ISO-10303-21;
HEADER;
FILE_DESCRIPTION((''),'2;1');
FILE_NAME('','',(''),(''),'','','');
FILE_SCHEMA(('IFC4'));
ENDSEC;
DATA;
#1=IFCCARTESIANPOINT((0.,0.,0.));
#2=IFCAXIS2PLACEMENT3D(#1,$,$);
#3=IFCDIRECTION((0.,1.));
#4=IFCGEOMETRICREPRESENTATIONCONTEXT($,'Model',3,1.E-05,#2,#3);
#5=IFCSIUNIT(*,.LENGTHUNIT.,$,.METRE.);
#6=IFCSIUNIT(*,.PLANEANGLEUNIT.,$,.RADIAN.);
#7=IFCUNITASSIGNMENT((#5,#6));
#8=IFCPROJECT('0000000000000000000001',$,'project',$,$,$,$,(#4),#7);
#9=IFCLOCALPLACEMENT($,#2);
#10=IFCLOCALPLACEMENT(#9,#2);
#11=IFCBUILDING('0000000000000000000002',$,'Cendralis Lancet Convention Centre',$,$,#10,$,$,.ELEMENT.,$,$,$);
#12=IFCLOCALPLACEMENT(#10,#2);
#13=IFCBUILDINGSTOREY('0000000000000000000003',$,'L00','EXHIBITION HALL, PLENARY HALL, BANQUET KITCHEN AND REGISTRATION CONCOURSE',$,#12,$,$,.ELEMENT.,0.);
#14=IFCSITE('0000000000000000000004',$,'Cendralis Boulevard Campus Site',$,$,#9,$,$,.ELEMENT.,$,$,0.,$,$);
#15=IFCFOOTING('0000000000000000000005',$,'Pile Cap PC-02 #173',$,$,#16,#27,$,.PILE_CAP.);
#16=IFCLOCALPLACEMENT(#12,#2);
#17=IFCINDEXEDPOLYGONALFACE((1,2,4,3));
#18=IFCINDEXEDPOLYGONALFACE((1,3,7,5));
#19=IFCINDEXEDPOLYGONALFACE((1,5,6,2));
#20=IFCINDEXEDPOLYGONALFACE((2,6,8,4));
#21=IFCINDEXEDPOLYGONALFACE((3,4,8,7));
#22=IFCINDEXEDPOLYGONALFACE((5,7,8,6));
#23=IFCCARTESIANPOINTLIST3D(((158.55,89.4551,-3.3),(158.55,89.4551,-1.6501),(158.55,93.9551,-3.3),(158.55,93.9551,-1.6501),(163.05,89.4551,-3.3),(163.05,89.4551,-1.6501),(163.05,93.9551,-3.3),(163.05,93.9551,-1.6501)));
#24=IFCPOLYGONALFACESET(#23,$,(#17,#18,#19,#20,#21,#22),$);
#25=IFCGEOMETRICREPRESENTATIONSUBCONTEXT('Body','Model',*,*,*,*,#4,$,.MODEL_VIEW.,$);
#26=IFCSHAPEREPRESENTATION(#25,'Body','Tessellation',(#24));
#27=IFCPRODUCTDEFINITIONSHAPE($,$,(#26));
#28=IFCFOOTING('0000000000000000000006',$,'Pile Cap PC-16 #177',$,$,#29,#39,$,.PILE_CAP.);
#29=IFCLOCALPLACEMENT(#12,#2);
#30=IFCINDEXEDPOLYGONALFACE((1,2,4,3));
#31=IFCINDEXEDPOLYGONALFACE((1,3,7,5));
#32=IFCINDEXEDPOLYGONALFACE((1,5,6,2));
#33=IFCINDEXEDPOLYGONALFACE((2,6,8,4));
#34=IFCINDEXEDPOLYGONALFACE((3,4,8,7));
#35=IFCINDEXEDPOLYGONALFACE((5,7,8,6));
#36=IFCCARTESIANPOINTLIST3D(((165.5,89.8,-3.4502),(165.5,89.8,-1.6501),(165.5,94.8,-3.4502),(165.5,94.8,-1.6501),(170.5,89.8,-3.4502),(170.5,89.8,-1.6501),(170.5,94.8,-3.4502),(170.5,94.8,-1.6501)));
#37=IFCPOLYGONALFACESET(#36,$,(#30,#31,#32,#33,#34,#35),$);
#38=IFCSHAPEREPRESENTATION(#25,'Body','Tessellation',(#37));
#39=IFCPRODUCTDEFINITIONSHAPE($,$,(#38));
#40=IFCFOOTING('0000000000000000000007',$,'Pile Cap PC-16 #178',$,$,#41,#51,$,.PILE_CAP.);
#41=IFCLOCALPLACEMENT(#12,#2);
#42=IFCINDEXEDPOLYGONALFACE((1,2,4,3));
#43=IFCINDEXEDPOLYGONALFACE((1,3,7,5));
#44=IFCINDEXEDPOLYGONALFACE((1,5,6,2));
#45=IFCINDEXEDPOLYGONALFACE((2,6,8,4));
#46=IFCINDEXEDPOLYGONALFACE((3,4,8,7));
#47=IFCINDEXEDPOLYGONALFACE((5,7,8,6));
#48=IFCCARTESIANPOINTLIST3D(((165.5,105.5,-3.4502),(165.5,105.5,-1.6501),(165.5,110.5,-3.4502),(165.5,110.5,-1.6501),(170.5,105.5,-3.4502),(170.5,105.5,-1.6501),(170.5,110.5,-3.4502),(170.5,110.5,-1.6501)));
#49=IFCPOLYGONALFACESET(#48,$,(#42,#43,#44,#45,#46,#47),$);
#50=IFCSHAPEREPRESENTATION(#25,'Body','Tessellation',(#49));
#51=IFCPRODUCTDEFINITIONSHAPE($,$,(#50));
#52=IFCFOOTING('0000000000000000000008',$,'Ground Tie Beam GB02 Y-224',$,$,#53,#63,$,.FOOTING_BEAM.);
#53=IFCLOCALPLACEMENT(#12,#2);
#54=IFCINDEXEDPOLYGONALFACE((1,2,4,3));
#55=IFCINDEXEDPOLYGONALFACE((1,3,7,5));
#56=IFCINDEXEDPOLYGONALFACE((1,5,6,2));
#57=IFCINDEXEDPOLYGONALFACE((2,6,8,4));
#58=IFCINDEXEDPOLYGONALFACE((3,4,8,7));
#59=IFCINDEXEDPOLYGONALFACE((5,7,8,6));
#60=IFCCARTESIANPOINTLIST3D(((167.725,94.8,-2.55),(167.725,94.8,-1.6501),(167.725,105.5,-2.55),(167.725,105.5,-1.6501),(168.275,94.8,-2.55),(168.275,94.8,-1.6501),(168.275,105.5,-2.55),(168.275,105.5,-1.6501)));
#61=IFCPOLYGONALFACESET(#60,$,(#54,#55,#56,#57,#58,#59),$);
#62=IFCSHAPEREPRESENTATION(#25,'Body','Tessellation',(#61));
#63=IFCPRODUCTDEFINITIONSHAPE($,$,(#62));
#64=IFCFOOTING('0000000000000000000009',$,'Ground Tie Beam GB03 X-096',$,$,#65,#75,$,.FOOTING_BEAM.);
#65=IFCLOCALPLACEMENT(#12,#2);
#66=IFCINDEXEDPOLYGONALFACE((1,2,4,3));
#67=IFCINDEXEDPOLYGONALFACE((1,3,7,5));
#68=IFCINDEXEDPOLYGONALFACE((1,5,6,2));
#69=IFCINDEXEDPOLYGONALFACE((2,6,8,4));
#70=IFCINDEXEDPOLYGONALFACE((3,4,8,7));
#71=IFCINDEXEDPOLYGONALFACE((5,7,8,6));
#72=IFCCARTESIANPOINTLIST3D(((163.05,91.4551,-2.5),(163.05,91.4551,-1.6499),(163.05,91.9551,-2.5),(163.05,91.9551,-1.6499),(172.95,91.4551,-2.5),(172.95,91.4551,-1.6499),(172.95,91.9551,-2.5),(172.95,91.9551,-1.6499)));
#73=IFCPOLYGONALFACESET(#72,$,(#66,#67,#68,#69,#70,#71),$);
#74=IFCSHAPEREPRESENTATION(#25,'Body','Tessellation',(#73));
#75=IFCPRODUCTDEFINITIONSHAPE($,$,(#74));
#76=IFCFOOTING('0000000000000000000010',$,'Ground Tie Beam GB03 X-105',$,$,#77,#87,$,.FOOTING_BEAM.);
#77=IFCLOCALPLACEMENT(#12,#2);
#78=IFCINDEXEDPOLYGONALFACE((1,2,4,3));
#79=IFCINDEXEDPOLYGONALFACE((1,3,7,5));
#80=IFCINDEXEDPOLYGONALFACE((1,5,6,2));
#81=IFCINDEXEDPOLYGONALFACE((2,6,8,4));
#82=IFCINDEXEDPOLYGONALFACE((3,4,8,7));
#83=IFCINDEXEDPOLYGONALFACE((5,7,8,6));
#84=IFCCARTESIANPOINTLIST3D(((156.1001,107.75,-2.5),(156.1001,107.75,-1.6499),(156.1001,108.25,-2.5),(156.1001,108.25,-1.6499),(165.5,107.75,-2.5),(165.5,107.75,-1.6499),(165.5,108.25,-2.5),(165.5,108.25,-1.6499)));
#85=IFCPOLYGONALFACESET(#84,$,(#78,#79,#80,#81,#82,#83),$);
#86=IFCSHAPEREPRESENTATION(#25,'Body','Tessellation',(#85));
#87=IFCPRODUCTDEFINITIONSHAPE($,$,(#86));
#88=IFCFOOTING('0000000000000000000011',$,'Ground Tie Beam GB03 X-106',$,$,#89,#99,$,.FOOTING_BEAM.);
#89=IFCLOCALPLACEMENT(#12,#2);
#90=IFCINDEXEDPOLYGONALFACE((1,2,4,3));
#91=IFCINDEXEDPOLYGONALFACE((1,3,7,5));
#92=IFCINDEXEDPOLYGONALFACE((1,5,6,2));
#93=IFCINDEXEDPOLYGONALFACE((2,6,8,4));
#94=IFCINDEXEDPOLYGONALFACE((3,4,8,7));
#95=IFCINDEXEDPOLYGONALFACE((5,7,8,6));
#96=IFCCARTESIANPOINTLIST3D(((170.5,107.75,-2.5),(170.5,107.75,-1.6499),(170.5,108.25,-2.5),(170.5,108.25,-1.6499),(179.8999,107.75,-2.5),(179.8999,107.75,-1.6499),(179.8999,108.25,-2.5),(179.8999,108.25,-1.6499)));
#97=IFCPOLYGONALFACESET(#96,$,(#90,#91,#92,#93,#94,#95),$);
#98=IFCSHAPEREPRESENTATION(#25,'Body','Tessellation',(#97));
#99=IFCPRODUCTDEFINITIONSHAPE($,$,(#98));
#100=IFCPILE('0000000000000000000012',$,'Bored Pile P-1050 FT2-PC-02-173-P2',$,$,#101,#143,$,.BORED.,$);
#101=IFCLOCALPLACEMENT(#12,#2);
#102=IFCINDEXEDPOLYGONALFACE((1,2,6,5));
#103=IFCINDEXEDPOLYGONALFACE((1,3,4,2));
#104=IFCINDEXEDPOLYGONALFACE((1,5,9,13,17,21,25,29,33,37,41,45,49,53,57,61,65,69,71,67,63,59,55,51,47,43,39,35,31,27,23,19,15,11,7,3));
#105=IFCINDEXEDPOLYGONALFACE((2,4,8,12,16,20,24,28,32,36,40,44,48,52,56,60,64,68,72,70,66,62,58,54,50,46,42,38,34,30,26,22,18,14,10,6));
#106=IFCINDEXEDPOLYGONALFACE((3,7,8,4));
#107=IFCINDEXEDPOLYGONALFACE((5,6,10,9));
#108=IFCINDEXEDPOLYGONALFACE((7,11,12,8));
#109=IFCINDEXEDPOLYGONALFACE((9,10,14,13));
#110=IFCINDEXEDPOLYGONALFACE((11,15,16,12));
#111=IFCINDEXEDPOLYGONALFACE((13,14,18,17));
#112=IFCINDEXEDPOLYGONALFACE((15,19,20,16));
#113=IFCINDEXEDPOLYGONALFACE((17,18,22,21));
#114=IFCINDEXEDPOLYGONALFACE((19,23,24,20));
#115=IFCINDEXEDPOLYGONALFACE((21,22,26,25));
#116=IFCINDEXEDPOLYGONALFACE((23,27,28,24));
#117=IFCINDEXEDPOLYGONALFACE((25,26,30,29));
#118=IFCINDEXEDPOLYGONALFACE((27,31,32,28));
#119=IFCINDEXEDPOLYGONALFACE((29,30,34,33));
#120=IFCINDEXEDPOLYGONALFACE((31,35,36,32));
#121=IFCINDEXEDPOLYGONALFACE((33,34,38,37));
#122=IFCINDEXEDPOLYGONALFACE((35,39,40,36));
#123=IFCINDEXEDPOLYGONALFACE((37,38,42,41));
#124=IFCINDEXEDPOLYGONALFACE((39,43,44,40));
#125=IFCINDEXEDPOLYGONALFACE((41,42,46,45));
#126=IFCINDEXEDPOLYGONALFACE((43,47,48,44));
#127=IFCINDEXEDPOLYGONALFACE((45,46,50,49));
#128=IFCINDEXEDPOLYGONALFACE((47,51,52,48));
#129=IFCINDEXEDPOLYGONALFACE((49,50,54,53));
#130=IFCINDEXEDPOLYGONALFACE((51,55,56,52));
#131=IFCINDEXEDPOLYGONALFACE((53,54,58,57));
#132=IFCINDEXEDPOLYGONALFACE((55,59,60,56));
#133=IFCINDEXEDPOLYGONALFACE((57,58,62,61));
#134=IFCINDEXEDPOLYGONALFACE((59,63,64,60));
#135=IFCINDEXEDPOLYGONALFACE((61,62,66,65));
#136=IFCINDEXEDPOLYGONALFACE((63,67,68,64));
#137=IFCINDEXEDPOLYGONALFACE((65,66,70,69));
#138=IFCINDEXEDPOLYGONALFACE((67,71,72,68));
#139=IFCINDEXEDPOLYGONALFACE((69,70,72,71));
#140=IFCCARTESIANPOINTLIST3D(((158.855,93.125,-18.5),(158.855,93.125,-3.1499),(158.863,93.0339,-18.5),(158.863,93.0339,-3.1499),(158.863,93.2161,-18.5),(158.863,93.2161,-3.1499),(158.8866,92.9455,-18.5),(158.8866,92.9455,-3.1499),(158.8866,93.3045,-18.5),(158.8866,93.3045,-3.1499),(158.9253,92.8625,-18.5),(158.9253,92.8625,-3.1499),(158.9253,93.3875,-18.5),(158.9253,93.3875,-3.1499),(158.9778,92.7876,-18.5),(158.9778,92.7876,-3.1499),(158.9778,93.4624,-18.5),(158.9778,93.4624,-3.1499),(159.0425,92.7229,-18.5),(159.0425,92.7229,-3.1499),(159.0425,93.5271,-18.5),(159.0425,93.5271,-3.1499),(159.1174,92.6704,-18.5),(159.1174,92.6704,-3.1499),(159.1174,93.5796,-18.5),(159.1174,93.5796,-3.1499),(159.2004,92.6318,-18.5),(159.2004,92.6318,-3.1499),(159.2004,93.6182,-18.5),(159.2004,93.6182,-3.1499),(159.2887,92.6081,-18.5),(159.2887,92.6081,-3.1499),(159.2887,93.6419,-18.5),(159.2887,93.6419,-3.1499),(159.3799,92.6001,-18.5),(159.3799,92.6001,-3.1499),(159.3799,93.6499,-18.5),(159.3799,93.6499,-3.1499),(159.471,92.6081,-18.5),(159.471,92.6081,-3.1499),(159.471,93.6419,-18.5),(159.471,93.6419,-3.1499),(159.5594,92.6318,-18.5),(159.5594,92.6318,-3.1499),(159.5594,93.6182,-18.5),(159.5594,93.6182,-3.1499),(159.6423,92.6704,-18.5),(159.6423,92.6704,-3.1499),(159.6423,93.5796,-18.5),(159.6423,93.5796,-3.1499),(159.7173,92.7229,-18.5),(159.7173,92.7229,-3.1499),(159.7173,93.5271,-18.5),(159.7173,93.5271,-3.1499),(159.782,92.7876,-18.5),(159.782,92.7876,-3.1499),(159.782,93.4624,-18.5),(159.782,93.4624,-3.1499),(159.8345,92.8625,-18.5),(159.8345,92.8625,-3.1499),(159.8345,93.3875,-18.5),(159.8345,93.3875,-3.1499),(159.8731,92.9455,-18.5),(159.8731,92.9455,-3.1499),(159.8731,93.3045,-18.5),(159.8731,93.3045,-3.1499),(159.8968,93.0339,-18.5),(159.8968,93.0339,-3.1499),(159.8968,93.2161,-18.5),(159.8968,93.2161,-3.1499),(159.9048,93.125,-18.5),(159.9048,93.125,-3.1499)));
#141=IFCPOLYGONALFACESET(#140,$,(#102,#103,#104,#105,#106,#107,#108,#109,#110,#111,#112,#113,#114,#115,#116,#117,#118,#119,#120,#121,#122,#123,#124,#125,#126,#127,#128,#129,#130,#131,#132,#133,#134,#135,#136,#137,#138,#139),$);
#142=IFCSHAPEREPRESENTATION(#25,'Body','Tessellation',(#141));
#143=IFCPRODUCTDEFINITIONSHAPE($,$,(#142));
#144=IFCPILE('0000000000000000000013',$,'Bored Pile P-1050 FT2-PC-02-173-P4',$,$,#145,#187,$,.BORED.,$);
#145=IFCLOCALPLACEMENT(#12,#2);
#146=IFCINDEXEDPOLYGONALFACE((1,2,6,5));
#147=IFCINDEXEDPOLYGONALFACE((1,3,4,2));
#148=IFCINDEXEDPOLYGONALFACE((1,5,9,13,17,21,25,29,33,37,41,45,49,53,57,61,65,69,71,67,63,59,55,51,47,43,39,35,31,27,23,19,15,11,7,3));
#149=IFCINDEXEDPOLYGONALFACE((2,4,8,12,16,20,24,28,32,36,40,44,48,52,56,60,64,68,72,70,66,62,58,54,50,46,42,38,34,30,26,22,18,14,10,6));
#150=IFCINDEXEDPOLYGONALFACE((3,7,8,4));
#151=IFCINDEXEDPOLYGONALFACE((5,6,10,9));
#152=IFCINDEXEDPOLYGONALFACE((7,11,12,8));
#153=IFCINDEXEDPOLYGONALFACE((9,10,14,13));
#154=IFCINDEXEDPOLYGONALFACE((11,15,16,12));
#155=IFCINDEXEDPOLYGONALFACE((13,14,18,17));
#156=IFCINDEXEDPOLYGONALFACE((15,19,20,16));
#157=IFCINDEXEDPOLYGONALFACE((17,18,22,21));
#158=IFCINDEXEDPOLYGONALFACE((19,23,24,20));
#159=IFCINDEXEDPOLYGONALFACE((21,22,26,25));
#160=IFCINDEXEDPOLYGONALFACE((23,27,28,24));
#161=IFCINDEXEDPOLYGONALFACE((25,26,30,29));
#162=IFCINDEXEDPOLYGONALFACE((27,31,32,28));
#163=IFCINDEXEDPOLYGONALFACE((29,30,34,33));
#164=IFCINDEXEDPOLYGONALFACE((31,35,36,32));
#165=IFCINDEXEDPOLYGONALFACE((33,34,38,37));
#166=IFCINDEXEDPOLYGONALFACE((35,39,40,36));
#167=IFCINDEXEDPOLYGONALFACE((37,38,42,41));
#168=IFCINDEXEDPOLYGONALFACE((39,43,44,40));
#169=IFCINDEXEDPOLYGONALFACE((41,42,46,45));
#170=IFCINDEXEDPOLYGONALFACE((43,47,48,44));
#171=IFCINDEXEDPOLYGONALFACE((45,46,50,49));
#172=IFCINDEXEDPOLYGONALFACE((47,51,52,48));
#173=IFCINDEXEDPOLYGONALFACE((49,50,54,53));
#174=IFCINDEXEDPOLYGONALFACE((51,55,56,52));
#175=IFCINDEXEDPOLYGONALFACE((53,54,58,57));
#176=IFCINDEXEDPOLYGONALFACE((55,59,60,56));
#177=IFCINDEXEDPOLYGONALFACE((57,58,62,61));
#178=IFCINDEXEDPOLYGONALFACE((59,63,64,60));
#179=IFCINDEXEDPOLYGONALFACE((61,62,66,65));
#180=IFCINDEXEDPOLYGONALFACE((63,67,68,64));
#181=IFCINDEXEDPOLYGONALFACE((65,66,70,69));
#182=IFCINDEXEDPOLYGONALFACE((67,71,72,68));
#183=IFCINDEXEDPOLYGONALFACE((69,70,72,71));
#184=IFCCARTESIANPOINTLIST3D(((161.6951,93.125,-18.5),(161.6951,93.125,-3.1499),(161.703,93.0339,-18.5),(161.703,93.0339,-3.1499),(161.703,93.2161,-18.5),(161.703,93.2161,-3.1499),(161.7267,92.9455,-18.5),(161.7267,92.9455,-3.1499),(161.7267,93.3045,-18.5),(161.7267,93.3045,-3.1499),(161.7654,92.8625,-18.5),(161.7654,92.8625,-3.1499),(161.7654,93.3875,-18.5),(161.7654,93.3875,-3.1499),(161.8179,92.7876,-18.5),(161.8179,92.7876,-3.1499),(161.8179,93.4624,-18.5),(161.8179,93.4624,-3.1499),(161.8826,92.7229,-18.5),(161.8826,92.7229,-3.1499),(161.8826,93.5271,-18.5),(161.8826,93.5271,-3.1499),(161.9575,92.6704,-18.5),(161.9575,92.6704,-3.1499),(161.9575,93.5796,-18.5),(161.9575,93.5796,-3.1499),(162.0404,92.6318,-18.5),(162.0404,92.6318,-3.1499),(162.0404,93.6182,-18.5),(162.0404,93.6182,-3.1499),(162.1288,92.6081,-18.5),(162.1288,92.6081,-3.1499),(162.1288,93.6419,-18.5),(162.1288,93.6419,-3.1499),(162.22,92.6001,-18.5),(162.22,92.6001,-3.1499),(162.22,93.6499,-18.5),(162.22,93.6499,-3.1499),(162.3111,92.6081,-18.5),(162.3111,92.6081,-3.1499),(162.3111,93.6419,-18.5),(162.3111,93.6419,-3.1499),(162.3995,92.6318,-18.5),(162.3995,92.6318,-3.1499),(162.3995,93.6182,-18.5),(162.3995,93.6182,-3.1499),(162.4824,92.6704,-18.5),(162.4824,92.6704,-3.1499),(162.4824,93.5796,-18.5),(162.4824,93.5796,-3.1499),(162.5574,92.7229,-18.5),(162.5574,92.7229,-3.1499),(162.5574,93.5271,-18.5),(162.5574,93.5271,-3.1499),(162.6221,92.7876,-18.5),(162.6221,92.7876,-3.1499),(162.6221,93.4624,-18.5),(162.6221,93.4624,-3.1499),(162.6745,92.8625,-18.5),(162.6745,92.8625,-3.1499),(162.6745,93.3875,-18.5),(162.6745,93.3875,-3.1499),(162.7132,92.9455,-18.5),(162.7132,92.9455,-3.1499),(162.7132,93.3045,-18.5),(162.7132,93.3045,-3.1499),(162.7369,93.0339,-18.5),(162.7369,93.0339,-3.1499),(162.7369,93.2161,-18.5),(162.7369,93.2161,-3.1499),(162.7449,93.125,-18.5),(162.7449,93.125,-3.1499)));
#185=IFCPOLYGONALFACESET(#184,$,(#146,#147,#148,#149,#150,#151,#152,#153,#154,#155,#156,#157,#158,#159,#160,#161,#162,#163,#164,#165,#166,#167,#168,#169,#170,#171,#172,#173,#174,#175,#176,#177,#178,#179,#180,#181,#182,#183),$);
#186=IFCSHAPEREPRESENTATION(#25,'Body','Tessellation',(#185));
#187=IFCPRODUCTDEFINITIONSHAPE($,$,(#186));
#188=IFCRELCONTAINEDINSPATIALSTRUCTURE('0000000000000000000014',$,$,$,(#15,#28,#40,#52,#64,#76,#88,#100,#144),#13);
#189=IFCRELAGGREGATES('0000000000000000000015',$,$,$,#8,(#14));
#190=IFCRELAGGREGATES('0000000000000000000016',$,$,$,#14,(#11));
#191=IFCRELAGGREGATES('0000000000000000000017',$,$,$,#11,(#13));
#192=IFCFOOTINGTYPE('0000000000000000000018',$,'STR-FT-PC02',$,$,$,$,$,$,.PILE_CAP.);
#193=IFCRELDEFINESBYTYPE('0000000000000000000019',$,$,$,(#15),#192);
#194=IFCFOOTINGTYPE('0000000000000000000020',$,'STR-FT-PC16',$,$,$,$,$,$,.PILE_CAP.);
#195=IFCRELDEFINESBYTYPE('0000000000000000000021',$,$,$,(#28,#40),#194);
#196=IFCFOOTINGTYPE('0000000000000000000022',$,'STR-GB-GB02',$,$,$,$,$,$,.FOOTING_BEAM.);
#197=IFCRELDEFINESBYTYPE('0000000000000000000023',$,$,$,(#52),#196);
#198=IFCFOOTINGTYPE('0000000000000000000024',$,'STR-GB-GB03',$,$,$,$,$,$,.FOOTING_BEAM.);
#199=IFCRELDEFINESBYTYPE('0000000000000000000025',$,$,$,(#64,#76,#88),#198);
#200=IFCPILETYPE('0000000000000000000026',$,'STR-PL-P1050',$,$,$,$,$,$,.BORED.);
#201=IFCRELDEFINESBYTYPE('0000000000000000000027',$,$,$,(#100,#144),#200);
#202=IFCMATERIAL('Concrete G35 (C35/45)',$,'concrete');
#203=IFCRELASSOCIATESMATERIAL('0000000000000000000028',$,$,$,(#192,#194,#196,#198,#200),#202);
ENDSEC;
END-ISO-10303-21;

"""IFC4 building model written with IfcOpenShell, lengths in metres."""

from ifc_helpers import new_model, si_unit, direction, frame, origin, origin_2d, place, context, subcontext, project, spatial, rectangle, circle, extrude, material, material_profile, profile_set, type_object, element, save


model = new_model("IFC4")

# Units and contexts
model_context = context("Model", 3, precision=1e-05, world=origin(), true_north=direction((0.0, 1.0)))
body_context = subcontext(model_context, "Body", "Model", "MODEL_VIEW")
ifc_project = project(units=[si_unit("LENGTHUNIT", "METRE"), si_unit("PLANEANGLEUNIT", "RADIAN")], contexts=[model_context])

# Site, building, storey
site_placement = place(None, origin())
site = spatial("IfcSite", under=ifc_project, at=site_placement, Name="Cendralis Boulevard Campus Site", CompositionType="ELEMENT", RefElevation=0.0)
building_placement = place(site_placement, origin())
building = spatial("IfcBuilding", under=site, at=building_placement, Name="Cendralis Lancet Convention Centre", CompositionType="ELEMENT")
storey_placement = place(building_placement, origin())
storey = spatial("IfcBuildingStorey", under=building, at=storey_placement, Name="L00", Description="EXHIBITION HALL, PLENARY HALL, BANQUET KITCHEN AND REGISTRATION CONCOURSE", CompositionType="ELEMENT", Elevation=0.0)

# Footings
ifc_material_1 = material(Name="Concrete G35 (C35/45)", Category="concrete")
footing_type_1 = type_object("IfcFootingType", Name="STR-FT-PC02", PredefinedType="PILE_CAP", material=ifc_material_1)
footing_1_placement = place(storey_placement, frame((160.8, 91.7051, -3.3), z_axis=(0.0, 0.0, 1.0), x_axis=(1.0, 0.0, 0.0)))
element("IfcFooting", 1, at=footing_1_placement, inside=storey, type_object=footing_type_1, Name="Pile Cap PC-02 #173", PredefinedType="PILE_CAP", context=body_context, shape_type="SweptSolid", body=[
    extrude(rectangle(XDim=4.5, YDim=4.5, at=origin_2d()), origin(), (0.0, 0.0, 1.0), 1.6499),
])
footing_type_2 = type_object("IfcFootingType", Name="STR-FT-PC16", PredefinedType="PILE_CAP", material=ifc_material_1)
for number, where, z_axis, x_axis, name in (
    (2, (168.0, 92.3, -3.4502), (0.0, 0.0, 1.0), (1.0, 0.0, 0.0), "Pile Cap PC-16 #177"),
    (3, (168.0, 108.0, -3.4502), (0.0, 0.0, 1.0), (1.0, 0.0, 0.0), "Pile Cap PC-16 #178"),
):
    element("IfcFooting", number, at=place(storey_placement, frame(where, z_axis=z_axis, x_axis=x_axis)), inside=storey, type_object=footing_type_2, Name=name, PredefinedType="PILE_CAP", context=body_context, shape_type="SweptSolid", body=[
        extrude(rectangle(XDim=5.0, YDim=5.0, at=origin_2d()), origin(), (0.0, 0.0, 1.0), 1.8),
    ])
ifc_material_profile_1 = material_profile(ifc_material_1, rectangle(XDim=0.55, YDim=0.8999, at=origin_2d()), Name="RCB 550x900")
ifc_profile_set_1 = profile_set([ifc_material_profile_1], Name="Concrete G35 (C35/45)")
footing_type_3 = type_object("IfcFootingType", Name="STR-GB-GB02", PredefinedType="FOOTING_BEAM", material=ifc_profile_set_1)
footing_2_placement = place(storey_placement, frame((168.0, 94.8, -2.1001), z_axis=(0.0, 1.0, 0.0), x_axis=(-1.0, 0.0, 0.0)))
element("IfcFooting", 4, at=footing_2_placement, inside=storey, type_object=footing_type_3, Name="Ground Tie Beam GB02 Y-224", PredefinedType="FOOTING_BEAM", context=body_context, shape_type="SweptSolid", body=[
    extrude(rectangle(XDim=0.55, YDim=0.8999, at=origin_2d()), origin(), (0.0, 0.0, 1.0), 10.7),
])
ifc_material_profile_2 = material_profile(ifc_material_1, rectangle(XDim=0.5, YDim=0.8501, at=origin_2d()), Name="RCB 500x850")
ifc_profile_set_2 = profile_set([ifc_material_profile_2], Name="Concrete G35 (C35/45)")
footing_type_4 = type_object("IfcFootingType", Name="STR-GB-GB03", PredefinedType="FOOTING_BEAM", material=ifc_profile_set_2)
footing_3_placement = place(storey_placement, frame((163.05, 91.7051, -2.075), z_axis=(1.0, 0.0, 0.0), x_axis=(0.0, 1.0, 0.0)))
element("IfcFooting", 5, at=footing_3_placement, inside=storey, type_object=footing_type_4, Name="Ground Tie Beam GB03 X-096", PredefinedType="FOOTING_BEAM", context=body_context, shape_type="SweptSolid", body=[
    extrude(rectangle(XDim=0.5, YDim=0.8501, at=origin_2d()), origin(), (0.0, 0.0, 1.0), 9.8999),
])
for number, where, z_axis, x_axis, name in (
    (6, (156.1001, 108.0, -2.075), (1.0, 0.0, 0.0), (0.0, 1.0, 0.0), "Ground Tie Beam GB03 X-105"),
    (7, (170.5, 108.0, -2.075), (1.0, 0.0, 0.0), (0.0, 1.0, 0.0), "Ground Tie Beam GB03 X-106"),
):
    element("IfcFooting", number, at=place(storey_placement, frame(where, z_axis=z_axis, x_axis=x_axis)), inside=storey, type_object=footing_type_4, Name=name, PredefinedType="FOOTING_BEAM", context=body_context, shape_type="SweptSolid", body=[
        extrude(rectangle(XDim=0.5, YDim=0.8501, at=origin_2d()), origin(), (0.0, 0.0, 1.0), 9.3999),
    ])

# Piles
ifc_material_profile_3 = material_profile(ifc_material_1, circle(Radius=0.5249, at=origin_2d()), Name="BORED PILE D1050")
ifc_profile_set_3 = profile_set([ifc_material_profile_3], Name="Concrete G35 (C35/45)")
pile_type_1 = type_object("IfcPileType", Name="STR-PL-P1050", PredefinedType="BORED", material=ifc_profile_set_3)
for number, where, z_axis, x_axis, name in (
    (8, (159.3799, 93.125, -3.1499), (0.0, 0.0, -1.0), (1.0, 0.0, 0.0), "Bored Pile P-1050 FT2-PC-02-173-P2"),
    (9, (162.22, 93.125, -3.1499), (0.0, 0.0, -1.0), (1.0, 0.0, 0.0), "Bored Pile P-1050 FT2-PC-02-173-P4"),
):
    element("IfcPile", number, at=place(storey_placement, frame(where, z_axis=z_axis, x_axis=x_axis)), inside=storey, type_object=pile_type_1, Name=name, PredefinedType="BORED", context=body_context, shape_type="SweptSolid", body=[
        extrude(circle(Radius=0.5249, at=origin_2d()), origin(), (0.0, 0.0, 1.0), 15.3501),
    ])

save(model, "model.ifc")
